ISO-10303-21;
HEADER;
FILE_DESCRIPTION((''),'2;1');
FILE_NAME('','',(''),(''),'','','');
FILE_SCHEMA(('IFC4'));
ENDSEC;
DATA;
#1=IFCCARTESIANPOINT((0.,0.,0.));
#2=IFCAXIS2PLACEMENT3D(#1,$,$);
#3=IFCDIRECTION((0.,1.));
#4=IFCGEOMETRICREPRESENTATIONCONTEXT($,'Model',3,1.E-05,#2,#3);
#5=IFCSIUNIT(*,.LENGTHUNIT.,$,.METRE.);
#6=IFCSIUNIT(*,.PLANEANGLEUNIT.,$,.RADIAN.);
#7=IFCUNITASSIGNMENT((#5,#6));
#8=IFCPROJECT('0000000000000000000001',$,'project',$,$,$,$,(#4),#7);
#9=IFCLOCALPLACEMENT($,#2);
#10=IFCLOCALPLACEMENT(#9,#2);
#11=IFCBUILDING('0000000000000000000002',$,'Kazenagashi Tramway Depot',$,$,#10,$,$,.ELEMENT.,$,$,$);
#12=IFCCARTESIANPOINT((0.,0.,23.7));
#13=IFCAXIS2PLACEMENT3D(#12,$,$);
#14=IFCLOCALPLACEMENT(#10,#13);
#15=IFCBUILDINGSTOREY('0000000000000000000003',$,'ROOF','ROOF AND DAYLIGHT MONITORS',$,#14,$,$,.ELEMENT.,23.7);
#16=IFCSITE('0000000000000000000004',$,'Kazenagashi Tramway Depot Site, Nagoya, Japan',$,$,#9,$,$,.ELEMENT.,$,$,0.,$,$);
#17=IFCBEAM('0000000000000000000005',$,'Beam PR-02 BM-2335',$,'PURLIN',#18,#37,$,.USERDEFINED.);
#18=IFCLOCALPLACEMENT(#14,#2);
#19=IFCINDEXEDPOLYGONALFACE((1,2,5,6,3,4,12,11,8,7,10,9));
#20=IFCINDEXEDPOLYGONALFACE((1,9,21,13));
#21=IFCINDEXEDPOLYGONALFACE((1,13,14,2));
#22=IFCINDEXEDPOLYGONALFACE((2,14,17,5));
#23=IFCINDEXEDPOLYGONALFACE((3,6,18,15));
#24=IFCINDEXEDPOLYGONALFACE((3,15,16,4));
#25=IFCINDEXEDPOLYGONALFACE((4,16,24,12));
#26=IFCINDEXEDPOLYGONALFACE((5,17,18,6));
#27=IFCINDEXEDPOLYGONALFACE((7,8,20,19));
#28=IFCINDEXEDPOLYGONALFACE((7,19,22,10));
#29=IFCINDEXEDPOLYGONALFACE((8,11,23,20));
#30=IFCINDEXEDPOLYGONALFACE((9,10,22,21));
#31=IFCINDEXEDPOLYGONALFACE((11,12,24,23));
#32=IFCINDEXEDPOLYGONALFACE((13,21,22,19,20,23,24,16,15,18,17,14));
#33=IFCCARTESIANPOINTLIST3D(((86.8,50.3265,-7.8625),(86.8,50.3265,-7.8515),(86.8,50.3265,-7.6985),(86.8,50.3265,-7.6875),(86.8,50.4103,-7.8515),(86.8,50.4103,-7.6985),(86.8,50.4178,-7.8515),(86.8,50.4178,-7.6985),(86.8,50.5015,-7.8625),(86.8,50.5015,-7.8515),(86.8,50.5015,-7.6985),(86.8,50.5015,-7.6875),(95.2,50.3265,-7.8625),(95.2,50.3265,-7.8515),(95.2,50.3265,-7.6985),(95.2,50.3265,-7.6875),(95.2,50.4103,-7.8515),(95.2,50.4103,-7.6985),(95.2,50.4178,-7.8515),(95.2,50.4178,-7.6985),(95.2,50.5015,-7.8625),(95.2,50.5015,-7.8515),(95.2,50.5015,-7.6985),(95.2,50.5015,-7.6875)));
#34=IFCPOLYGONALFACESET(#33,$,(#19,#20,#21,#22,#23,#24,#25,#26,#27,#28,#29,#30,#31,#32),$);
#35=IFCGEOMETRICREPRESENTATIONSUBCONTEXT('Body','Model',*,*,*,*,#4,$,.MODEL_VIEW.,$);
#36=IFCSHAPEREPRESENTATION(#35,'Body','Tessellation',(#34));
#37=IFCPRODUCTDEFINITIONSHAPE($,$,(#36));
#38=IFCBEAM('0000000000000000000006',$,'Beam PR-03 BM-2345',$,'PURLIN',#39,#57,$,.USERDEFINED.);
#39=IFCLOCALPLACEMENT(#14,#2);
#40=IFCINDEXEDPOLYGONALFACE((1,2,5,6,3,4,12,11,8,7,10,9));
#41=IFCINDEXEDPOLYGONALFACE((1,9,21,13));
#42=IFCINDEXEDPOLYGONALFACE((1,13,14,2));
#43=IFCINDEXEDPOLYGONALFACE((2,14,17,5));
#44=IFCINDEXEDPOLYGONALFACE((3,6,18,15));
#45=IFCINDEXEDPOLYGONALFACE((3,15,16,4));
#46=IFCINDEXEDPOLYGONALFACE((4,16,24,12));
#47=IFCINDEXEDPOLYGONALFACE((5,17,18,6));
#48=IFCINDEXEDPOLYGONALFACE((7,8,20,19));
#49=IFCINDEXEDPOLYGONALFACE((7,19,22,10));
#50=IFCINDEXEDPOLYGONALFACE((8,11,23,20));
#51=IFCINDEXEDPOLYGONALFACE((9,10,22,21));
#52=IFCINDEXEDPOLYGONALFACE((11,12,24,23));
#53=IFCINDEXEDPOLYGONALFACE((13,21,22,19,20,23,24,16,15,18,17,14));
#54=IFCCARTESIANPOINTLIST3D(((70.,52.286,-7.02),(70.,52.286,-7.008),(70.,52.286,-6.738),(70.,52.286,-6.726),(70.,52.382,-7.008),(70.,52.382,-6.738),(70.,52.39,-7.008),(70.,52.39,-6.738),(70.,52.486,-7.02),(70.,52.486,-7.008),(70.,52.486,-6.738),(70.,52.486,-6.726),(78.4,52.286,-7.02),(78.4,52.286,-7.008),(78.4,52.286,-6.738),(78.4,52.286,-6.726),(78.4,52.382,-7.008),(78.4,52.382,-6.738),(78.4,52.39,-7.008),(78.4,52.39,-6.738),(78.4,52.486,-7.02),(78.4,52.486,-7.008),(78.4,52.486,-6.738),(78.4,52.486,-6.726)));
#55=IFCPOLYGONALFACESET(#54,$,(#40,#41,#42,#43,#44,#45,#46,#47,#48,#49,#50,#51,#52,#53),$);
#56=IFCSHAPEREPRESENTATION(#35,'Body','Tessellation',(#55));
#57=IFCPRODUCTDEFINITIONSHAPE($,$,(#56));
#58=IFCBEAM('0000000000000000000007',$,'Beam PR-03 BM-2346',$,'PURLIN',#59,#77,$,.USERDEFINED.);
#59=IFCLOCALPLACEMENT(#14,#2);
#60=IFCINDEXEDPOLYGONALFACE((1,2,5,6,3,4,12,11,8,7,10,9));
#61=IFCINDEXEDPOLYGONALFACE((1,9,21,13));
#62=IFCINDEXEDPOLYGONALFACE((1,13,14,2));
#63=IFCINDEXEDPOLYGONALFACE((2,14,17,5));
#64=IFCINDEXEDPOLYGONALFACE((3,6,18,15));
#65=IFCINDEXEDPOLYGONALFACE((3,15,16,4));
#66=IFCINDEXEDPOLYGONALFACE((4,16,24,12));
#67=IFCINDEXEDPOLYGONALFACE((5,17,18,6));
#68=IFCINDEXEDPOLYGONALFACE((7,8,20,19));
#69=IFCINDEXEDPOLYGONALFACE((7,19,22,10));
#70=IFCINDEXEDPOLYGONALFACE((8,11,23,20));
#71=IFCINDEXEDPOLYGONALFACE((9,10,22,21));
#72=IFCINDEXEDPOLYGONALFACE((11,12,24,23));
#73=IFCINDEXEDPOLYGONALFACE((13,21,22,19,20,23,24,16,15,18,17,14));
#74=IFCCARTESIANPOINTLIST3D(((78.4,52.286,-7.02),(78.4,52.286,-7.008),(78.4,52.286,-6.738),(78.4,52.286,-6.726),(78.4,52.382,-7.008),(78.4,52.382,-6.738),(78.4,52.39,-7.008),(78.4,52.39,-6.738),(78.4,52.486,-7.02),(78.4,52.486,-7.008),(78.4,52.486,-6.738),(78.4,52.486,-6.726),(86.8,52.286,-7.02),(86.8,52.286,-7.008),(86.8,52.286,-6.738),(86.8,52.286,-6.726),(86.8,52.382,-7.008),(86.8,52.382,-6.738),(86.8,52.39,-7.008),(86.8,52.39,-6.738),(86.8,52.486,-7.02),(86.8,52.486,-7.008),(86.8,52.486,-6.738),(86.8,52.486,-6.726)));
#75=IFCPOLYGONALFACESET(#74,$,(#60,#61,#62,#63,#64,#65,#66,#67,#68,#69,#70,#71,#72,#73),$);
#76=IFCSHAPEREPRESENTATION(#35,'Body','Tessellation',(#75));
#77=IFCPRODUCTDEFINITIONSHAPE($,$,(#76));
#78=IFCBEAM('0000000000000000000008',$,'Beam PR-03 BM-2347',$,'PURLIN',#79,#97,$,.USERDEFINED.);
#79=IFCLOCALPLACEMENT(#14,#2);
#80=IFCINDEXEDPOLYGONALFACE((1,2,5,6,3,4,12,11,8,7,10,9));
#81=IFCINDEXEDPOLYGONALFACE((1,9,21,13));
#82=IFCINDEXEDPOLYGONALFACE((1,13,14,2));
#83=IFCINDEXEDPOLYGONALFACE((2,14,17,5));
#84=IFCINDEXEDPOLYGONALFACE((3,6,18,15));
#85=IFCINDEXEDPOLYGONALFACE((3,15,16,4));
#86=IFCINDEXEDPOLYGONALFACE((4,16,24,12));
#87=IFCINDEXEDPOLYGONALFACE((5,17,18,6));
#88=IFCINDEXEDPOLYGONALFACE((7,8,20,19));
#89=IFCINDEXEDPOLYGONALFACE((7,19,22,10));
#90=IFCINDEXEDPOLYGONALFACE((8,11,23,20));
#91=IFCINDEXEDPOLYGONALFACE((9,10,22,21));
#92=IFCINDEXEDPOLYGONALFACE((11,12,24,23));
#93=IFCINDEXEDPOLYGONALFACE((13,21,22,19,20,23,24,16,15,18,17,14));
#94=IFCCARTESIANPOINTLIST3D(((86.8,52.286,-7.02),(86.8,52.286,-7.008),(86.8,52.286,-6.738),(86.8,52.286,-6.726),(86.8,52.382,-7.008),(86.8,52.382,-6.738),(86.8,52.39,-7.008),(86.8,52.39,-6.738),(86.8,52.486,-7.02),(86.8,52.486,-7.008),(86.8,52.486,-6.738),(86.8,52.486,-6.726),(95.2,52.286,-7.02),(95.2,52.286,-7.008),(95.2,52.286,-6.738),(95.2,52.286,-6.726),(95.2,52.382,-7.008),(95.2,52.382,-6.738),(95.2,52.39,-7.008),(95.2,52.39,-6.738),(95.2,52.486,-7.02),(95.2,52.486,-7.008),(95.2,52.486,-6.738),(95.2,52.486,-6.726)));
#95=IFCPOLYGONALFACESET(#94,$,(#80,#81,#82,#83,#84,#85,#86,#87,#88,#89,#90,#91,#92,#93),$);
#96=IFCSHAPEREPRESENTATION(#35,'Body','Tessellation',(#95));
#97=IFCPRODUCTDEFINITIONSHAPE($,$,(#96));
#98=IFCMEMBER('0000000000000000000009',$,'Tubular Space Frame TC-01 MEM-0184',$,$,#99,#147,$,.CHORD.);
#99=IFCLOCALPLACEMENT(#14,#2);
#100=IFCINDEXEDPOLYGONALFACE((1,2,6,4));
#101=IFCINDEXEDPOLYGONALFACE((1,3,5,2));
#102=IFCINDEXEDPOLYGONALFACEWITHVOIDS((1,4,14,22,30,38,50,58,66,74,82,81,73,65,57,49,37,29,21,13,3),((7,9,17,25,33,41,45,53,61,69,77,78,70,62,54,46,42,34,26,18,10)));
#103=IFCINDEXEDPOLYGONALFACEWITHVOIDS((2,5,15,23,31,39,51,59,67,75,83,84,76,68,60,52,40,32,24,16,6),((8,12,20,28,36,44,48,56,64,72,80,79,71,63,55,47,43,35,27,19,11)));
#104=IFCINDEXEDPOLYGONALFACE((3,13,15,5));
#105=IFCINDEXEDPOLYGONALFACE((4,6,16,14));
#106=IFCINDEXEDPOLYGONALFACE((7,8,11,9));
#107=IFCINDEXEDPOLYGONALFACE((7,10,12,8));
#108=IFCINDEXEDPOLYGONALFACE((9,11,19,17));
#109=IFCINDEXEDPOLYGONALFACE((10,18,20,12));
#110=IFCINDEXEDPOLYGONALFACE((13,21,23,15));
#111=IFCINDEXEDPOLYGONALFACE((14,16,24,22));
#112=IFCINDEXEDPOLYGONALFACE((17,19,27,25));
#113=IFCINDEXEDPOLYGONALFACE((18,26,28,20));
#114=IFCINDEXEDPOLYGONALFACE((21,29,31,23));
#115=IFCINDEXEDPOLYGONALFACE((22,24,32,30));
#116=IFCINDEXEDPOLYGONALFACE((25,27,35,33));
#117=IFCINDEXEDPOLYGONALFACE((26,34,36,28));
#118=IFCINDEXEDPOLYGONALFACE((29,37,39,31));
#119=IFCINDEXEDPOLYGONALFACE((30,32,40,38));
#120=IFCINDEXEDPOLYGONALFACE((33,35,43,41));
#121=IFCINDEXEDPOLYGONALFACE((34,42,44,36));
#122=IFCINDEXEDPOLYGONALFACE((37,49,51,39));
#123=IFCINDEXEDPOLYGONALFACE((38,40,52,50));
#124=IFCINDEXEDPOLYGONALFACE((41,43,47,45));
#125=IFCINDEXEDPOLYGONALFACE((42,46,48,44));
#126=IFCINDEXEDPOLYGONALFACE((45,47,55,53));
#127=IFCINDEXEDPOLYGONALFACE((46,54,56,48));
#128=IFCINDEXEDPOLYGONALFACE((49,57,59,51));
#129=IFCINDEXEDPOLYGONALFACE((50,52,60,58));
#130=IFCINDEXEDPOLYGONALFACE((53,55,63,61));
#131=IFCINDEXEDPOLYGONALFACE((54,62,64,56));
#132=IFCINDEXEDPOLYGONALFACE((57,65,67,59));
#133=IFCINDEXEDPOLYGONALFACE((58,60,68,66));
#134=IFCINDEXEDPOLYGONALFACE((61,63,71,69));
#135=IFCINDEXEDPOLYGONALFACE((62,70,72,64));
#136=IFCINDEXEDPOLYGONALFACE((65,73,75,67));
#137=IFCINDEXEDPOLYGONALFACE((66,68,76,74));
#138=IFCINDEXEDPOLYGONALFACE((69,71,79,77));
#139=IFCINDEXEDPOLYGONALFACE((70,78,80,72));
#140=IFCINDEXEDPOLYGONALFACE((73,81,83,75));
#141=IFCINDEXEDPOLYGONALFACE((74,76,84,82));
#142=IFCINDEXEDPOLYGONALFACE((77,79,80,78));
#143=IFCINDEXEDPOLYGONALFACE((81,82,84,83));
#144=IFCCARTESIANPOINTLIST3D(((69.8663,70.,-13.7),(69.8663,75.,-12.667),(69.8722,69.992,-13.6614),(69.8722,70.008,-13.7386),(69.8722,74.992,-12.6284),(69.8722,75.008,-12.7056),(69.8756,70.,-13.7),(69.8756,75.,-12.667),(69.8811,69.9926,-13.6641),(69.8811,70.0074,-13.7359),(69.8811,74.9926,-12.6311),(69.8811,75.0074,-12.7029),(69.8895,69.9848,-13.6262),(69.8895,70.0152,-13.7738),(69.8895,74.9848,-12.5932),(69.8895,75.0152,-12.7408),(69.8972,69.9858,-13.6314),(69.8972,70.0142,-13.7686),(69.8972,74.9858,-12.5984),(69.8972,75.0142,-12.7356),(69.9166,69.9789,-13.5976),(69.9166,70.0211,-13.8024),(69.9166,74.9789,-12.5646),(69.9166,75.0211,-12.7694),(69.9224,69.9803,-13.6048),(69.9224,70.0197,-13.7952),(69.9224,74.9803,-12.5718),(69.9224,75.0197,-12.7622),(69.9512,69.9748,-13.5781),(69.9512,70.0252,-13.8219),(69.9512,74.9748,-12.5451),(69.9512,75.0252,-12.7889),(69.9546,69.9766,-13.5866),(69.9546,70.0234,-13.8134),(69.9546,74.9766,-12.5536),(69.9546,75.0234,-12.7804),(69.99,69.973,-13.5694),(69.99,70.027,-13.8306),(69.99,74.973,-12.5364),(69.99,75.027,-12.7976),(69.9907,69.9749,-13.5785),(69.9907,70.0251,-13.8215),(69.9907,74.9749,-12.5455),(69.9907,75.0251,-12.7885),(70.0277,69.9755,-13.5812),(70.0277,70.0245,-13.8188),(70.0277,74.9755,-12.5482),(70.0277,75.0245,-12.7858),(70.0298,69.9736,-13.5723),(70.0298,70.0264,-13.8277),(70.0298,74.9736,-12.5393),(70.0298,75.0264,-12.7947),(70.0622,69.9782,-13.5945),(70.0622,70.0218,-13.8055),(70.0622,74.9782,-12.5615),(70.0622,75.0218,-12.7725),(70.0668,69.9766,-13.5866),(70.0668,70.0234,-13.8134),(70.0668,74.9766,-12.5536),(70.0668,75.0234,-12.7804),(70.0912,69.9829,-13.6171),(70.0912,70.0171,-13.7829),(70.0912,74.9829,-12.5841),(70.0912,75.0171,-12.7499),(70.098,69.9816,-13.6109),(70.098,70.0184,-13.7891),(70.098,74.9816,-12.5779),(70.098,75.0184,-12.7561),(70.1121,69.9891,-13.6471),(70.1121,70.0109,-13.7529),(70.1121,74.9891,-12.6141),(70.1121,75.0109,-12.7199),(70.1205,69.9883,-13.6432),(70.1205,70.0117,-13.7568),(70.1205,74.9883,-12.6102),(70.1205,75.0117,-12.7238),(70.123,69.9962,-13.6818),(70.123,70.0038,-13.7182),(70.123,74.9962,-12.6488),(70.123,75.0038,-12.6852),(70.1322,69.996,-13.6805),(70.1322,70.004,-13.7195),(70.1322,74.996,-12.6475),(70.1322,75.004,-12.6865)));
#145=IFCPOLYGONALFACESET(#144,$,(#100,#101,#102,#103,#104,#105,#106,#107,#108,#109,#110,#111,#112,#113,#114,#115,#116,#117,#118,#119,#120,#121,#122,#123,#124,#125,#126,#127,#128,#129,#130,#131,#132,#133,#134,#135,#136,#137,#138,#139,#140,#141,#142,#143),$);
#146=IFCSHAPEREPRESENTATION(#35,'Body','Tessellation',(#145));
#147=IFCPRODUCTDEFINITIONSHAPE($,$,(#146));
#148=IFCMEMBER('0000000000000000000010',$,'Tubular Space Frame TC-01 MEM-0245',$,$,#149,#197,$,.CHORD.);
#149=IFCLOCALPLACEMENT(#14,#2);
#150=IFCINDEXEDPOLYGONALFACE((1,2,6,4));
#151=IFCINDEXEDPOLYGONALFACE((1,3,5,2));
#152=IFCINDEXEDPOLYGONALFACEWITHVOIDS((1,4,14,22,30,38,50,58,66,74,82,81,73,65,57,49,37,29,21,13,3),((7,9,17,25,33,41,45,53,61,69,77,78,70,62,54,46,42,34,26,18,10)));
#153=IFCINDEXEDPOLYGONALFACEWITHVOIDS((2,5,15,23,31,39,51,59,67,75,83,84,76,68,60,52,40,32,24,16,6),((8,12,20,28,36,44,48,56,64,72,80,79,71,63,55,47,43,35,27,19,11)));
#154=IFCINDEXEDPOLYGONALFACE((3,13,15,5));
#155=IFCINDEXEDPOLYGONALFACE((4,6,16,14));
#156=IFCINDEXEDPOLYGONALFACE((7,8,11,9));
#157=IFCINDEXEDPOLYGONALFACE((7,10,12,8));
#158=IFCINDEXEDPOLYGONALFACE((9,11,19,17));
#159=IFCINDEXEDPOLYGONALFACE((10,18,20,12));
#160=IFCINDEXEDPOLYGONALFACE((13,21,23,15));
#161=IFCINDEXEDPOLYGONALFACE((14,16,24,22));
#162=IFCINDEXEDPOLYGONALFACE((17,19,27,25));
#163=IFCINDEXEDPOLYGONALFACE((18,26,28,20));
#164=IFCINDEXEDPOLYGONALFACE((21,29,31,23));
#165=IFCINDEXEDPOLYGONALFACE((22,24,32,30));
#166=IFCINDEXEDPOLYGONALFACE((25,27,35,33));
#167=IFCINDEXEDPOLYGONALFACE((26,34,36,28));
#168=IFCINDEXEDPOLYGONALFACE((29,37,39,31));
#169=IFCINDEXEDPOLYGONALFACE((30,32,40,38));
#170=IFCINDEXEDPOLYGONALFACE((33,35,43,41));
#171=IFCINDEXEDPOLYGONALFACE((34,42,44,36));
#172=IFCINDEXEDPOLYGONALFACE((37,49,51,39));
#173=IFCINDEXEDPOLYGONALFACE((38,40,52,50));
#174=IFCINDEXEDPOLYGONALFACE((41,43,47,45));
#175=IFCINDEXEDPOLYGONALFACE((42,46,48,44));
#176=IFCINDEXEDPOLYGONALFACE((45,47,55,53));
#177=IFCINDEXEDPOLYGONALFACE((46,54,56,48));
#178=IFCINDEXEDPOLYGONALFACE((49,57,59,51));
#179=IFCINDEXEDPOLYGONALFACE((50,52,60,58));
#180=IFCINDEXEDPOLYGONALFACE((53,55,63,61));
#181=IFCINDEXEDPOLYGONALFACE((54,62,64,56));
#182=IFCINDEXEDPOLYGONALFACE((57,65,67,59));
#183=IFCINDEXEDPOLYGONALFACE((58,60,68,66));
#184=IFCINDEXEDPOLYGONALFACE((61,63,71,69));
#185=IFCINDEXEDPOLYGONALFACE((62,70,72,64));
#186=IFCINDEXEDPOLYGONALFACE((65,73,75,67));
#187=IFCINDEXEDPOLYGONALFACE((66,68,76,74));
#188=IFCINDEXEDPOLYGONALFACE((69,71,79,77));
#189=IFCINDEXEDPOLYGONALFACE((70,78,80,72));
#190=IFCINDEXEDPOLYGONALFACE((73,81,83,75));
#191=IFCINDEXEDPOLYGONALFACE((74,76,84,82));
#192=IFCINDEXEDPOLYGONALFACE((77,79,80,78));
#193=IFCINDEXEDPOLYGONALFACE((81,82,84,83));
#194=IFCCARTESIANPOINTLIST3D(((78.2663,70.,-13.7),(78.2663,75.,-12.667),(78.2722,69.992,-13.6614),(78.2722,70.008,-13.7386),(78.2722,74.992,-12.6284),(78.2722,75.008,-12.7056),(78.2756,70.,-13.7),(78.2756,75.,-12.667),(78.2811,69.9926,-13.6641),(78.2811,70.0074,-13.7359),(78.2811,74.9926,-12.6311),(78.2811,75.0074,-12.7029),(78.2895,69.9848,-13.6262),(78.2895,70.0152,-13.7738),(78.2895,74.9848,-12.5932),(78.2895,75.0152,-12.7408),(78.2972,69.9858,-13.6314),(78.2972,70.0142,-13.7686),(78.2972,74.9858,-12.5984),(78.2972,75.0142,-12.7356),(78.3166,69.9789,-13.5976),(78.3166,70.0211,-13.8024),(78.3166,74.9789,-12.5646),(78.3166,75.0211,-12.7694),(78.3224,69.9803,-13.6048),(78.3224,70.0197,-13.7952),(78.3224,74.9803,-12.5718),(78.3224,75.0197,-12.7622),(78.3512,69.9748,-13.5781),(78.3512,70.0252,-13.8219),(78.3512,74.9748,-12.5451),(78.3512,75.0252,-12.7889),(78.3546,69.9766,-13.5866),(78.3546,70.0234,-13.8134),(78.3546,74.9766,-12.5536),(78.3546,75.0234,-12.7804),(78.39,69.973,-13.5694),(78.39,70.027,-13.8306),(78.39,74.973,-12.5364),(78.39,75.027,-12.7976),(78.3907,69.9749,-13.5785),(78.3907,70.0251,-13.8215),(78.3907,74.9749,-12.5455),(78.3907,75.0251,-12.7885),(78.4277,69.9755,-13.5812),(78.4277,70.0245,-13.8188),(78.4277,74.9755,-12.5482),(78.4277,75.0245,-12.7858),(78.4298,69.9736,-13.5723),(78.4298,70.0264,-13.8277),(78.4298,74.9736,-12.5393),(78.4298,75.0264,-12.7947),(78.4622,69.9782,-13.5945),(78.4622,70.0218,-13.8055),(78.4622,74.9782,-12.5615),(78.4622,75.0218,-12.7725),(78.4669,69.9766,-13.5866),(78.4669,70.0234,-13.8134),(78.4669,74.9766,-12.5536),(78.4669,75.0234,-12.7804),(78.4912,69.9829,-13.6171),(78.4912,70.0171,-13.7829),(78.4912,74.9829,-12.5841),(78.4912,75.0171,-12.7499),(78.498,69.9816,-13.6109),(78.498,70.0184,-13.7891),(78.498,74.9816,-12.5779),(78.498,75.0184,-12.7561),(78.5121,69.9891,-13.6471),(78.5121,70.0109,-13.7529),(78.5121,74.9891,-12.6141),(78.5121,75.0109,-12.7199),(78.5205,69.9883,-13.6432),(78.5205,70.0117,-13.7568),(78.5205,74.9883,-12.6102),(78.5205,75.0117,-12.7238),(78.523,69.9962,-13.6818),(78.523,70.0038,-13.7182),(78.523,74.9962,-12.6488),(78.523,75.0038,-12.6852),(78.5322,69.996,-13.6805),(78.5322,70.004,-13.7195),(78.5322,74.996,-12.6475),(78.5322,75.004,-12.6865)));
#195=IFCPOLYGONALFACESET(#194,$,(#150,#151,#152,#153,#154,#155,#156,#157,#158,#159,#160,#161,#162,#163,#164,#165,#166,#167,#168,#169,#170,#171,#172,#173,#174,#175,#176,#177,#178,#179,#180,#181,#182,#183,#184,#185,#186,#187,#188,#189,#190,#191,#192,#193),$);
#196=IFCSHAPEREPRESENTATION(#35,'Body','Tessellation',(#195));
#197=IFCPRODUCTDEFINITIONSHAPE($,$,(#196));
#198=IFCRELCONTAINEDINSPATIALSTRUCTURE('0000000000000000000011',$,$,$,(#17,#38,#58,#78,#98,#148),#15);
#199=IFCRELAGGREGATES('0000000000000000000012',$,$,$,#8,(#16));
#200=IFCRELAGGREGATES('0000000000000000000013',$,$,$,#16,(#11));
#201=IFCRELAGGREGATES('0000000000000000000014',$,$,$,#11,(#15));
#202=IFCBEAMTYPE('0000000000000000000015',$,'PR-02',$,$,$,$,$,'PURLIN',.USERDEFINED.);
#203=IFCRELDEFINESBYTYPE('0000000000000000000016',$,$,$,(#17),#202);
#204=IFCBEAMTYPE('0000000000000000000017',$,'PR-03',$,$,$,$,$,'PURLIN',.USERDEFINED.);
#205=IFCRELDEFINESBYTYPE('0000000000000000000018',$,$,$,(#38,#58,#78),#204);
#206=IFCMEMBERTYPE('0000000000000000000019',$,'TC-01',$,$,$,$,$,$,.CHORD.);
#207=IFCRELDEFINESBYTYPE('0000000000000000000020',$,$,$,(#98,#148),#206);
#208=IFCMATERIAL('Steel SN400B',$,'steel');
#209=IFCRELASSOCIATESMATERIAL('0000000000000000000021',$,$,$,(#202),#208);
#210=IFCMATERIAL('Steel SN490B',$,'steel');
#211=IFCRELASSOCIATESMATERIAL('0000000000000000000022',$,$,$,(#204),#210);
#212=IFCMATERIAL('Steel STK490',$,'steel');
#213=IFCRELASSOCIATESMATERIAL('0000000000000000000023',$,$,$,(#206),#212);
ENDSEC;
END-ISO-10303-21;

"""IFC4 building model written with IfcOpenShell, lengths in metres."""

from ifc_helpers import new_model, si_unit, direction, frame, origin, origin_2d, place, context, subcontext, project, spatial, hollow_circle, i_section, extrude, material, material_profile, profile_set, type_object, element, save


model = new_model("IFC4")

# Units and contexts
model_context = context("Model", 3, precision=1e-05, world=origin(), true_north=direction((0.0, 1.0)))
body_context = subcontext(model_context, "Body", "Model", "MODEL_VIEW")
ifc_project = project(units=[si_unit("LENGTHUNIT", "METRE"), si_unit("PLANEANGLEUNIT", "RADIAN")], contexts=[model_context])

# Site, building, storey
site_placement = place(None, origin())
site = spatial("IfcSite", under=ifc_project, at=site_placement, Name="Kazenagashi Tramway Depot Site, Nagoya, Japan", CompositionType="ELEMENT", RefElevation=0.0)
building_placement = place(site_placement, origin())
building = spatial("IfcBuilding", under=site, at=building_placement, Name="Kazenagashi Tramway Depot", CompositionType="ELEMENT")
storey_placement = place(building_placement, frame((0.0, 0.0, 23.7)))
storey = spatial("IfcBuildingStorey", under=building, at=storey_placement, Name="ROOF", Description="ROOF AND DAYLIGHT MONITORS", CompositionType="ELEMENT", Elevation=23.7)

# Beams
ifc_material_1 = material(Name="Steel SN490B", Category="steel")
ifc_material_2 = material(Name="Steel SN400B", Category="steel")
ifc_material_profile_1 = material_profile(ifc_material_2, i_section(OverallWidth=0.175, OverallDepth=0.175, WebThickness=0.0075, FlangeThickness=0.011, at=origin_2d()), Name="H-175x175x7.5x11")
ifc_profile_set_1 = profile_set([ifc_material_profile_1], Name="Steel SN400B")
beam_type_1 = type_object("IfcBeamType", Name="PR-02", ElementType="PURLIN", PredefinedType="USERDEFINED", material=ifc_profile_set_1)
for number, where, z_axis, x_axis, name in (
    (1, (86.8, 50.414, -7.775), (1.0, 0.0, 0.0), (0.0, 1.0, 0.0), "Beam PR-02 BM-2335"),
):
    element("IfcBeam", number, at=place(storey_placement, frame(where, z_axis=z_axis, x_axis=x_axis)), inside=storey, type_object=beam_type_1, Name=name, ObjectType="PURLIN", PredefinedType="USERDEFINED", context=body_context, shape_type="SweptSolid", body=[
        extrude(i_section(OverallWidth=0.175, OverallDepth=0.175, WebThickness=0.0075, FlangeThickness=0.011, at=origin_2d()), origin(), (0.0, 0.0, 1.0), 8.4),
    ])
ifc_material_profile_2 = material_profile(ifc_material_1, i_section(OverallWidth=0.2, OverallDepth=0.294, WebThickness=0.008, FlangeThickness=0.012, at=origin_2d()), Name="H-294x200x8x12")
ifc_profile_set_2 = profile_set([ifc_material_profile_2], Name="Steel SN490B")
beam_type_2 = type_object("IfcBeamType", Name="PR-03", ElementType="PURLIN", PredefinedType="USERDEFINED", material=ifc_profile_set_2)
for number, where, z_axis, x_axis, name in (
    (2, (70.0, 52.386, -6.873), (1.0, 0.0, 0.0), (0.0, 1.0, 0.0), "Beam PR-03 BM-2345"),
    (3, (78.4, 52.386, -6.873), (1.0, 0.0, 0.0), (0.0, 1.0, 0.0), "Beam PR-03 BM-2346"),
    (4, (86.8, 52.386, -6.873), (1.0, 0.0, 0.0), (0.0, 1.0, 0.0), "Beam PR-03 BM-2347"),
):
    element("IfcBeam", number, at=place(storey_placement, frame(where, z_axis=z_axis, x_axis=x_axis)), inside=storey, type_object=beam_type_2, Name=name, ObjectType="PURLIN", PredefinedType="USERDEFINED", context=body_context, shape_type="SweptSolid", body=[
        extrude(i_section(OverallWidth=0.2, OverallDepth=0.294, WebThickness=0.008, FlangeThickness=0.012, at=origin_2d()), origin(), (0.0, 0.0, 1.0), 8.4),
    ])

# Members
ifc_material_3 = material(Name="Steel STK490", Category="steel")
ifc_material_profile_3 = material_profile(ifc_material_3, hollow_circle(Radius=0.1337, WallThickness=0.0093, at=origin_2d()), Name="CHS-267.4x9.3")
ifc_profile_set_3 = profile_set([ifc_material_profile_3], Name="Steel STK490")
member_type_1 = type_object("IfcMemberType", Name="TC-01", PredefinedType="CHORD", material=ifc_profile_set_3)
for number, where, z_axis, x_axis, name in (
    (5, (70.0, 70.0, -13.7), (0.0, 0.979318, 0.202327), (-1.0, 0.0, 0.0), "Tubular Space Frame TC-01 MEM-0184"),
    (6, (78.4, 70.0, -13.7), (0.0, 0.979318, 0.202327), (-1.0, 0.0, 0.0), "Tubular Space Frame TC-01 MEM-0245"),
):
    element("IfcMember", number, at=place(storey_placement, frame(where, z_axis=z_axis, x_axis=x_axis)), inside=storey, type_object=member_type_1, Name=name, PredefinedType="CHORD", context=body_context, shape_type="SweptSolid", body=[
        extrude(hollow_circle(Radius=0.1337, WallThickness=0.0093, at=origin_2d()), origin(), (0.0, 0.0, 1.0), 5.1056),
    ])

save(model, "model.ifc")
